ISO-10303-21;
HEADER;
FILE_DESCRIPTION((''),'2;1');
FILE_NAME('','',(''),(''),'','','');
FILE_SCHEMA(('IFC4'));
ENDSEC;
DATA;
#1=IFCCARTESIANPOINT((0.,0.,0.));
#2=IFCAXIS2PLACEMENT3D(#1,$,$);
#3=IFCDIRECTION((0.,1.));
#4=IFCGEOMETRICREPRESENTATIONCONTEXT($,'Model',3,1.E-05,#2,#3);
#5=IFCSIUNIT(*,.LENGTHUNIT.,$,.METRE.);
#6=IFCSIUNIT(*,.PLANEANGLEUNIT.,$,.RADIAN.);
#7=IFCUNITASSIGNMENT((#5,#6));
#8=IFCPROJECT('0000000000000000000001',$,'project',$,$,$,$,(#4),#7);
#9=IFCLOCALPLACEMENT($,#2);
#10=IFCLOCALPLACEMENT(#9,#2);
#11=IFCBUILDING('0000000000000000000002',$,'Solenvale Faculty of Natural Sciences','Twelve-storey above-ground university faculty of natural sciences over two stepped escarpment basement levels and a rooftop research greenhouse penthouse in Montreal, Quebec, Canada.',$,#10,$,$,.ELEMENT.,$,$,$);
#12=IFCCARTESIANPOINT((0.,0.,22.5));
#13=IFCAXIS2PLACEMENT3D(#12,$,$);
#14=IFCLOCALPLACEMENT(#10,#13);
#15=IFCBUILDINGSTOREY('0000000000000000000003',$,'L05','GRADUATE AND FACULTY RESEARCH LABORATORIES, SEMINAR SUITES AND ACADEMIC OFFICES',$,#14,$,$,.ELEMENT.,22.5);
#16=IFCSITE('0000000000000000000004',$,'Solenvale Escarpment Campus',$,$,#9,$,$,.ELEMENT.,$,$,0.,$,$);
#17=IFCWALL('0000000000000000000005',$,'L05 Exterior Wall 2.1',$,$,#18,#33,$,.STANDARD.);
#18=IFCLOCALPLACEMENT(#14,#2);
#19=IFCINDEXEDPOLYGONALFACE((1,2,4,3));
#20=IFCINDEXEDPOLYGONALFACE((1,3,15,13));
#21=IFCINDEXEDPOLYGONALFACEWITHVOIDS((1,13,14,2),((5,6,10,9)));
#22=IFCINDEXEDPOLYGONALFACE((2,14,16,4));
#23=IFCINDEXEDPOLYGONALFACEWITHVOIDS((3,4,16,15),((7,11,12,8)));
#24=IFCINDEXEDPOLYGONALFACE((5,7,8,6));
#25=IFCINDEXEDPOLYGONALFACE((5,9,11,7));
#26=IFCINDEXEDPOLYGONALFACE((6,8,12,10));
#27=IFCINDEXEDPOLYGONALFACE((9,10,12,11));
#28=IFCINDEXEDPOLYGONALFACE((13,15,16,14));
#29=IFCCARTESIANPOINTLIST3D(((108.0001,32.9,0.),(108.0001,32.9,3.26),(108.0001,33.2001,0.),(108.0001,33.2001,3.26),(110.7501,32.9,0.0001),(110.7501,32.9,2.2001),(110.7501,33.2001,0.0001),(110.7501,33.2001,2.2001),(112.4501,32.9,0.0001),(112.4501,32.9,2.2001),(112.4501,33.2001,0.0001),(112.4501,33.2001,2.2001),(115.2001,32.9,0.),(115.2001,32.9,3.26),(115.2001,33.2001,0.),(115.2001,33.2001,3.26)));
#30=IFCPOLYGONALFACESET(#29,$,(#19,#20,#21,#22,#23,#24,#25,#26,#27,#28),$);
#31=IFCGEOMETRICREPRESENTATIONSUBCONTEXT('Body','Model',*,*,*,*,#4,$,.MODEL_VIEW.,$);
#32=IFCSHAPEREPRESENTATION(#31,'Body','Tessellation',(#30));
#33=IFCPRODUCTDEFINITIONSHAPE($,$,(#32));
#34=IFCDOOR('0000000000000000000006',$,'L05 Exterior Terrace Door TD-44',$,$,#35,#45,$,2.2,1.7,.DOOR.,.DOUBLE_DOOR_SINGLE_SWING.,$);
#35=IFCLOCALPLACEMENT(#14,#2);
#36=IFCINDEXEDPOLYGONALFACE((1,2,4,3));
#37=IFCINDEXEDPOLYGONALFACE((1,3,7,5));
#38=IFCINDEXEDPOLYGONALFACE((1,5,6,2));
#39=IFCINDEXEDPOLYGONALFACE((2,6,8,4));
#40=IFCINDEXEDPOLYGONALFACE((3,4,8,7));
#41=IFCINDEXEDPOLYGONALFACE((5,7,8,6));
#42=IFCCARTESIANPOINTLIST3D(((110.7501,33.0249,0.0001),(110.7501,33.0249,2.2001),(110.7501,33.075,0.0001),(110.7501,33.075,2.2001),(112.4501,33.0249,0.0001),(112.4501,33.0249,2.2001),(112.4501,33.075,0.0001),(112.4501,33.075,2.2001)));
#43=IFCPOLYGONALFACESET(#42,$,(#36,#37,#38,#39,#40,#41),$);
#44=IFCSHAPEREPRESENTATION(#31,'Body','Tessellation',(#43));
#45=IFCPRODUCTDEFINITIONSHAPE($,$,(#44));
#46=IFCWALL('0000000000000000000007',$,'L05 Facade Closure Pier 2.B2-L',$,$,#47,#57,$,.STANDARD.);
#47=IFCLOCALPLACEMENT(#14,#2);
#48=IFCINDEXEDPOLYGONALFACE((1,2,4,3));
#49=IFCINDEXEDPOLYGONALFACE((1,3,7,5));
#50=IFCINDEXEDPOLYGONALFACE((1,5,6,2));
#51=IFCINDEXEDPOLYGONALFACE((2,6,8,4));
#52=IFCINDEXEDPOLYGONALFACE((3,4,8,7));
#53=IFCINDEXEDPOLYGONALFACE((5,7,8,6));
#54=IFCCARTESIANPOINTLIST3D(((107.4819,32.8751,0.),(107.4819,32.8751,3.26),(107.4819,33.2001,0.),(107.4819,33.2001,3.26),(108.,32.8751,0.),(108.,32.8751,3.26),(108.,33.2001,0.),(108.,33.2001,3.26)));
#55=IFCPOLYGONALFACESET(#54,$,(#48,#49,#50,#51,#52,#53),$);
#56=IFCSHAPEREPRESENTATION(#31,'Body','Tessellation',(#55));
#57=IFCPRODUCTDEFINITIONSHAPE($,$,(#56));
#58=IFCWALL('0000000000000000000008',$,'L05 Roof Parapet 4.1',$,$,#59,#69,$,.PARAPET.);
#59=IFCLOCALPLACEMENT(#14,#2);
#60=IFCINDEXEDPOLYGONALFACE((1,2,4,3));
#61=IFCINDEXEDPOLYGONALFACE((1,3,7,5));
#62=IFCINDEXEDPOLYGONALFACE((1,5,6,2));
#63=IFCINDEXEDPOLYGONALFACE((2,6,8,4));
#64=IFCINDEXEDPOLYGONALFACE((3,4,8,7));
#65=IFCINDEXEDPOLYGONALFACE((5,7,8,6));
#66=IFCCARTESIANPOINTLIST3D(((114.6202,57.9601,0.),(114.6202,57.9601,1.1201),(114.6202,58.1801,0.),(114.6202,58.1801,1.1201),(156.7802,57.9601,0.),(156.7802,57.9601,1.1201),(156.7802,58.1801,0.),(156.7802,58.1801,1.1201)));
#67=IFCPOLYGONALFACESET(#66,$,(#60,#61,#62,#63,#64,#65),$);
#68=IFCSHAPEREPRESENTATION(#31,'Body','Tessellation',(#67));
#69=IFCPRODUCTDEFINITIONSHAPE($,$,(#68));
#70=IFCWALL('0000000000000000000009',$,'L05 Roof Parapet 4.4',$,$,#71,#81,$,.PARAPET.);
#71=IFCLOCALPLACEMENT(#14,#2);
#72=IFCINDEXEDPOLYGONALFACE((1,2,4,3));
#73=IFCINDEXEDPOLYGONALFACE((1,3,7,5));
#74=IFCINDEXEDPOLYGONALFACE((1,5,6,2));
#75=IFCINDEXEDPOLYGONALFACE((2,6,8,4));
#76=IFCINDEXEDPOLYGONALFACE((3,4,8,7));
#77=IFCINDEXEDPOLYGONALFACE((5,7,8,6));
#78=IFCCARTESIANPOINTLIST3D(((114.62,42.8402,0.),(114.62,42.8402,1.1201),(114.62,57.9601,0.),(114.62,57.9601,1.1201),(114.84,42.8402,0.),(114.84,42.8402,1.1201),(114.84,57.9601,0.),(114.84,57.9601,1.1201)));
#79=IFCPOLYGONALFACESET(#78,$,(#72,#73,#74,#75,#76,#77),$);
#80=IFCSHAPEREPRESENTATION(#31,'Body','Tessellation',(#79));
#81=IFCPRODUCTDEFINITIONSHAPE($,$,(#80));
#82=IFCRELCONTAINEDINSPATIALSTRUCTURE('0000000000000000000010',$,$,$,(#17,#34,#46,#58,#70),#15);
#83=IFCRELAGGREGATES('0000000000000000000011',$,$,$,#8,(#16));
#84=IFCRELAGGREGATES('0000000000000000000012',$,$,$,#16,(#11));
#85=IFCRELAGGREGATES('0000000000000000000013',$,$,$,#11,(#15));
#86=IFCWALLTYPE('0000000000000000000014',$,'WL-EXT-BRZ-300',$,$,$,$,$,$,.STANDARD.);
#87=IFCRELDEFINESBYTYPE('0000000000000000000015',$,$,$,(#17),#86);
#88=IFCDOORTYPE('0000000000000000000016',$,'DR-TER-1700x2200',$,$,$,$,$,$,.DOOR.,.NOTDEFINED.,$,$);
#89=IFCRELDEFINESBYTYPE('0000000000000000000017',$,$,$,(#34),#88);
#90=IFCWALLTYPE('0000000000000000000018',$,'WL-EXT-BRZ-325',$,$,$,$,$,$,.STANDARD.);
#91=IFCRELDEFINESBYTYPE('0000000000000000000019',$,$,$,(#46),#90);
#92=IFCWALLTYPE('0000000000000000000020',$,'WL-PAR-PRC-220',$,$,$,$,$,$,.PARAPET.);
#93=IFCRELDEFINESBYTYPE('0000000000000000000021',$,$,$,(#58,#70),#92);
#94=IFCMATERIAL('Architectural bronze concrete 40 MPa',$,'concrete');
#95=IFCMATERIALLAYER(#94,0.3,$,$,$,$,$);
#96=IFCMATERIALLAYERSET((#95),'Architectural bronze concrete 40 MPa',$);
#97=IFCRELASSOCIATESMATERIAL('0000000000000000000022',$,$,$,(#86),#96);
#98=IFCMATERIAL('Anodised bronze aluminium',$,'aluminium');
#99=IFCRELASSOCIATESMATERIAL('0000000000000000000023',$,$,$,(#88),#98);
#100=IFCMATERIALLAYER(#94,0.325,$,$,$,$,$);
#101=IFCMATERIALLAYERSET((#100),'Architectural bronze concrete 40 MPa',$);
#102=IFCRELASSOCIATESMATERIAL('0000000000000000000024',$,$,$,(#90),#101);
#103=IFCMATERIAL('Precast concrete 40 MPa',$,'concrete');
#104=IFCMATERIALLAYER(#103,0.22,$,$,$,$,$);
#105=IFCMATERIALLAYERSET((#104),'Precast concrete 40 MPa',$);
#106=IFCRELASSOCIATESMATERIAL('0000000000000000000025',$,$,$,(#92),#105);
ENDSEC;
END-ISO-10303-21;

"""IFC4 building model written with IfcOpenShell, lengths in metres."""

from ifc_helpers import new_model, si_unit, direction, frame, frame_2d, origin, place, context, subcontext, project, spatial, rectangle, extrude, material, layer, layer_set, type_object, element, fill, save


model = new_model("IFC4")

# Units and contexts
model_context = context("Model", 3, precision=1e-05, world=origin(), true_north=direction((0.0, 1.0)))
body_context = subcontext(model_context, "Body", "Model", "MODEL_VIEW")
ifc_project = project(units=[si_unit("LENGTHUNIT", "METRE"), si_unit("PLANEANGLEUNIT", "RADIAN")], contexts=[model_context])

# Site, building, storey
site_placement = place(None, origin())
site = spatial("IfcSite", under=ifc_project, at=site_placement, Name="Solenvale Escarpment Campus", CompositionType="ELEMENT", RefElevation=0.0)
building_placement = place(site_placement, origin())
building = spatial("IfcBuilding", under=site, at=building_placement, Name="Solenvale Faculty of Natural Sciences", Description="Twelve-storey above-ground university faculty of natural sciences over two stepped escarpment basement levels and a rooftop research greenhouse penthouse in Montreal, Quebec, Canada.", CompositionType="ELEMENT")
storey_placement = place(building_placement, frame((0.0, 0.0, 22.5)))
storey = spatial("IfcBuildingStorey", under=building, at=storey_placement, Name="L05", Description="GRADUATE AND FACULTY RESEARCH LABORATORIES, SEMINAR SUITES AND ACADEMIC OFFICES", CompositionType="ELEMENT", Elevation=22.5)

# Shared definitions
ifc_material_1 = material(Name="Anodised bronze aluminium", Category="aluminium")

# Wall, opening, door
ifc_material_2 = material(Name="Architectural bronze concrete 40 MPa", Category="concrete")
ifc_layer_1 = layer(ifc_material_2, 0.3)
ifc_layer_set_1 = layer_set([ifc_layer_1], Name="Architectural bronze concrete 40 MPa")
wall_type_1 = type_object("IfcWallType", Name="WL-EXT-BRZ-300", PredefinedType="STANDARD", material=ifc_layer_set_1)
wall_1_placement = place(storey_placement, frame((108.0, 33.05, 0.0), z_axis=(0.0, 0.0, 1.0), x_axis=(1.0, 0.0, 0.0)))
wall_1 = element("IfcWall", 1, at=wall_1_placement, inside=storey, type_object=wall_type_1, Name="L05 Exterior Wall 2.1", PredefinedType="STANDARD", context=body_context, shape_type="SweptSolid", body=[
    extrude(rectangle(XDim=7.2, YDim=0.3, at=frame_2d((3.6001, 0.0))), origin(), (0.0, 0.0, 1.0), 3.26),
])
opening_placement = place(wall_1_placement, frame((2.75, 0.0, 0.0)))
opening = element("IfcOpeningElement", 2, at=opening_placement, cuts=wall_1, PredefinedType="OPENING", context=body_context, shape_type="SweptSolid", body=[
    extrude(rectangle(XDim=1.7, YDim=2.2, at=frame_2d((0.8501, 1.1001))), frame((0.0, 0.1599, 0.0), z_axis=(0.0, -1.0, 0.0), x_axis=(1.0, 0.0, 0.0)), (0.0, 0.0, 1.0), 0.3201),
])
door_type = type_object("IfcDoorType", Name="DR-TER-1700x2200", OperationType="NOTDEFINED", PredefinedType="DOOR", material=ifc_material_1)
door_placement = place(opening_placement, origin())
door = element("IfcDoor", 3, at=door_placement, inside=storey, type_object=door_type, Name="L05 Exterior Terrace Door TD-44", OperationType="DOUBLE_DOOR_SINGLE_SWING", OverallHeight=2.2, OverallWidth=1.7, PredefinedType="DOOR", context=body_context, shape_type="SweptSolid", body=[
    extrude(rectangle(XDim=1.7, YDim=2.2, at=frame_2d((0.8501, 1.1001))), frame((0.0, 0.0249, 0.0), z_axis=(0.0, -1.0, 0.0), x_axis=(1.0, 0.0, 0.0)), (0.0, 0.0, 1.0), 0.05),
])
fill(opening, door)

# Walls
ifc_layer_2 = layer(ifc_material_2, 0.325)
ifc_layer_set_2 = layer_set([ifc_layer_2], Name="Architectural bronze concrete 40 MPa")
wall_type_2 = type_object("IfcWallType", Name="WL-EXT-BRZ-325", PredefinedType="STANDARD", material=ifc_layer_set_2)
wall_2_placement = place(storey_placement, frame((108.0, 33.0376, 0.0), z_axis=(0.0, 0.0, 1.0), x_axis=(-1.0, 0.0, 0.0)))
element("IfcWall", 4, at=wall_2_placement, inside=storey, type_object=wall_type_2, Name="L05 Facade Closure Pier 2.B2-L", PredefinedType="STANDARD", context=body_context, shape_type="SweptSolid", body=[
    extrude(rectangle(XDim=0.5181, YDim=0.325, at=frame_2d((0.259, 0.0))), origin(), (0.0, 0.0, 1.0), 3.26),
])
ifc_material_3 = material(Name="Precast concrete 40 MPa", Category="concrete")
ifc_layer_3 = layer(ifc_material_3, 0.22)
ifc_layer_set_3 = layer_set([ifc_layer_3], Name="Precast concrete 40 MPa")
wall_type_3 = type_object("IfcWallType", Name="WL-PAR-PRC-220", PredefinedType="PARAPET", material=ifc_layer_set_3)
wall_3_placement = place(storey_placement, frame((114.6201, 58.0701, 0.0), z_axis=(0.0, 0.0, 1.0), x_axis=(1.0, 0.0, 0.0)))
element("IfcWall", 5, at=wall_3_placement, inside=storey, type_object=wall_type_3, Name="L05 Roof Parapet 4.1", PredefinedType="PARAPET", context=body_context, shape_type="SweptSolid", body=[
    extrude(rectangle(XDim=42.1599, YDim=0.22, at=frame_2d((21.0801, 0.0))), origin(), (0.0, 0.0, 1.0), 1.1201),
])
wall_4_placement = place(storey_placement, frame((114.73, 42.8401, 0.0), z_axis=(0.0, 0.0, 1.0), x_axis=(0.0, 1.0, 0.0)))
element("IfcWall", 6, at=wall_4_placement, inside=storey, type_object=wall_type_3, Name="L05 Roof Parapet 4.4", PredefinedType="PARAPET", context=body_context, shape_type="SweptSolid", body=[
    extrude(rectangle(XDim=15.1199, YDim=0.22, at=frame_2d((7.5601, 0.0))), origin(), (0.0, 0.0, 1.0), 1.1201),
])

save(model, "model.ifc")
